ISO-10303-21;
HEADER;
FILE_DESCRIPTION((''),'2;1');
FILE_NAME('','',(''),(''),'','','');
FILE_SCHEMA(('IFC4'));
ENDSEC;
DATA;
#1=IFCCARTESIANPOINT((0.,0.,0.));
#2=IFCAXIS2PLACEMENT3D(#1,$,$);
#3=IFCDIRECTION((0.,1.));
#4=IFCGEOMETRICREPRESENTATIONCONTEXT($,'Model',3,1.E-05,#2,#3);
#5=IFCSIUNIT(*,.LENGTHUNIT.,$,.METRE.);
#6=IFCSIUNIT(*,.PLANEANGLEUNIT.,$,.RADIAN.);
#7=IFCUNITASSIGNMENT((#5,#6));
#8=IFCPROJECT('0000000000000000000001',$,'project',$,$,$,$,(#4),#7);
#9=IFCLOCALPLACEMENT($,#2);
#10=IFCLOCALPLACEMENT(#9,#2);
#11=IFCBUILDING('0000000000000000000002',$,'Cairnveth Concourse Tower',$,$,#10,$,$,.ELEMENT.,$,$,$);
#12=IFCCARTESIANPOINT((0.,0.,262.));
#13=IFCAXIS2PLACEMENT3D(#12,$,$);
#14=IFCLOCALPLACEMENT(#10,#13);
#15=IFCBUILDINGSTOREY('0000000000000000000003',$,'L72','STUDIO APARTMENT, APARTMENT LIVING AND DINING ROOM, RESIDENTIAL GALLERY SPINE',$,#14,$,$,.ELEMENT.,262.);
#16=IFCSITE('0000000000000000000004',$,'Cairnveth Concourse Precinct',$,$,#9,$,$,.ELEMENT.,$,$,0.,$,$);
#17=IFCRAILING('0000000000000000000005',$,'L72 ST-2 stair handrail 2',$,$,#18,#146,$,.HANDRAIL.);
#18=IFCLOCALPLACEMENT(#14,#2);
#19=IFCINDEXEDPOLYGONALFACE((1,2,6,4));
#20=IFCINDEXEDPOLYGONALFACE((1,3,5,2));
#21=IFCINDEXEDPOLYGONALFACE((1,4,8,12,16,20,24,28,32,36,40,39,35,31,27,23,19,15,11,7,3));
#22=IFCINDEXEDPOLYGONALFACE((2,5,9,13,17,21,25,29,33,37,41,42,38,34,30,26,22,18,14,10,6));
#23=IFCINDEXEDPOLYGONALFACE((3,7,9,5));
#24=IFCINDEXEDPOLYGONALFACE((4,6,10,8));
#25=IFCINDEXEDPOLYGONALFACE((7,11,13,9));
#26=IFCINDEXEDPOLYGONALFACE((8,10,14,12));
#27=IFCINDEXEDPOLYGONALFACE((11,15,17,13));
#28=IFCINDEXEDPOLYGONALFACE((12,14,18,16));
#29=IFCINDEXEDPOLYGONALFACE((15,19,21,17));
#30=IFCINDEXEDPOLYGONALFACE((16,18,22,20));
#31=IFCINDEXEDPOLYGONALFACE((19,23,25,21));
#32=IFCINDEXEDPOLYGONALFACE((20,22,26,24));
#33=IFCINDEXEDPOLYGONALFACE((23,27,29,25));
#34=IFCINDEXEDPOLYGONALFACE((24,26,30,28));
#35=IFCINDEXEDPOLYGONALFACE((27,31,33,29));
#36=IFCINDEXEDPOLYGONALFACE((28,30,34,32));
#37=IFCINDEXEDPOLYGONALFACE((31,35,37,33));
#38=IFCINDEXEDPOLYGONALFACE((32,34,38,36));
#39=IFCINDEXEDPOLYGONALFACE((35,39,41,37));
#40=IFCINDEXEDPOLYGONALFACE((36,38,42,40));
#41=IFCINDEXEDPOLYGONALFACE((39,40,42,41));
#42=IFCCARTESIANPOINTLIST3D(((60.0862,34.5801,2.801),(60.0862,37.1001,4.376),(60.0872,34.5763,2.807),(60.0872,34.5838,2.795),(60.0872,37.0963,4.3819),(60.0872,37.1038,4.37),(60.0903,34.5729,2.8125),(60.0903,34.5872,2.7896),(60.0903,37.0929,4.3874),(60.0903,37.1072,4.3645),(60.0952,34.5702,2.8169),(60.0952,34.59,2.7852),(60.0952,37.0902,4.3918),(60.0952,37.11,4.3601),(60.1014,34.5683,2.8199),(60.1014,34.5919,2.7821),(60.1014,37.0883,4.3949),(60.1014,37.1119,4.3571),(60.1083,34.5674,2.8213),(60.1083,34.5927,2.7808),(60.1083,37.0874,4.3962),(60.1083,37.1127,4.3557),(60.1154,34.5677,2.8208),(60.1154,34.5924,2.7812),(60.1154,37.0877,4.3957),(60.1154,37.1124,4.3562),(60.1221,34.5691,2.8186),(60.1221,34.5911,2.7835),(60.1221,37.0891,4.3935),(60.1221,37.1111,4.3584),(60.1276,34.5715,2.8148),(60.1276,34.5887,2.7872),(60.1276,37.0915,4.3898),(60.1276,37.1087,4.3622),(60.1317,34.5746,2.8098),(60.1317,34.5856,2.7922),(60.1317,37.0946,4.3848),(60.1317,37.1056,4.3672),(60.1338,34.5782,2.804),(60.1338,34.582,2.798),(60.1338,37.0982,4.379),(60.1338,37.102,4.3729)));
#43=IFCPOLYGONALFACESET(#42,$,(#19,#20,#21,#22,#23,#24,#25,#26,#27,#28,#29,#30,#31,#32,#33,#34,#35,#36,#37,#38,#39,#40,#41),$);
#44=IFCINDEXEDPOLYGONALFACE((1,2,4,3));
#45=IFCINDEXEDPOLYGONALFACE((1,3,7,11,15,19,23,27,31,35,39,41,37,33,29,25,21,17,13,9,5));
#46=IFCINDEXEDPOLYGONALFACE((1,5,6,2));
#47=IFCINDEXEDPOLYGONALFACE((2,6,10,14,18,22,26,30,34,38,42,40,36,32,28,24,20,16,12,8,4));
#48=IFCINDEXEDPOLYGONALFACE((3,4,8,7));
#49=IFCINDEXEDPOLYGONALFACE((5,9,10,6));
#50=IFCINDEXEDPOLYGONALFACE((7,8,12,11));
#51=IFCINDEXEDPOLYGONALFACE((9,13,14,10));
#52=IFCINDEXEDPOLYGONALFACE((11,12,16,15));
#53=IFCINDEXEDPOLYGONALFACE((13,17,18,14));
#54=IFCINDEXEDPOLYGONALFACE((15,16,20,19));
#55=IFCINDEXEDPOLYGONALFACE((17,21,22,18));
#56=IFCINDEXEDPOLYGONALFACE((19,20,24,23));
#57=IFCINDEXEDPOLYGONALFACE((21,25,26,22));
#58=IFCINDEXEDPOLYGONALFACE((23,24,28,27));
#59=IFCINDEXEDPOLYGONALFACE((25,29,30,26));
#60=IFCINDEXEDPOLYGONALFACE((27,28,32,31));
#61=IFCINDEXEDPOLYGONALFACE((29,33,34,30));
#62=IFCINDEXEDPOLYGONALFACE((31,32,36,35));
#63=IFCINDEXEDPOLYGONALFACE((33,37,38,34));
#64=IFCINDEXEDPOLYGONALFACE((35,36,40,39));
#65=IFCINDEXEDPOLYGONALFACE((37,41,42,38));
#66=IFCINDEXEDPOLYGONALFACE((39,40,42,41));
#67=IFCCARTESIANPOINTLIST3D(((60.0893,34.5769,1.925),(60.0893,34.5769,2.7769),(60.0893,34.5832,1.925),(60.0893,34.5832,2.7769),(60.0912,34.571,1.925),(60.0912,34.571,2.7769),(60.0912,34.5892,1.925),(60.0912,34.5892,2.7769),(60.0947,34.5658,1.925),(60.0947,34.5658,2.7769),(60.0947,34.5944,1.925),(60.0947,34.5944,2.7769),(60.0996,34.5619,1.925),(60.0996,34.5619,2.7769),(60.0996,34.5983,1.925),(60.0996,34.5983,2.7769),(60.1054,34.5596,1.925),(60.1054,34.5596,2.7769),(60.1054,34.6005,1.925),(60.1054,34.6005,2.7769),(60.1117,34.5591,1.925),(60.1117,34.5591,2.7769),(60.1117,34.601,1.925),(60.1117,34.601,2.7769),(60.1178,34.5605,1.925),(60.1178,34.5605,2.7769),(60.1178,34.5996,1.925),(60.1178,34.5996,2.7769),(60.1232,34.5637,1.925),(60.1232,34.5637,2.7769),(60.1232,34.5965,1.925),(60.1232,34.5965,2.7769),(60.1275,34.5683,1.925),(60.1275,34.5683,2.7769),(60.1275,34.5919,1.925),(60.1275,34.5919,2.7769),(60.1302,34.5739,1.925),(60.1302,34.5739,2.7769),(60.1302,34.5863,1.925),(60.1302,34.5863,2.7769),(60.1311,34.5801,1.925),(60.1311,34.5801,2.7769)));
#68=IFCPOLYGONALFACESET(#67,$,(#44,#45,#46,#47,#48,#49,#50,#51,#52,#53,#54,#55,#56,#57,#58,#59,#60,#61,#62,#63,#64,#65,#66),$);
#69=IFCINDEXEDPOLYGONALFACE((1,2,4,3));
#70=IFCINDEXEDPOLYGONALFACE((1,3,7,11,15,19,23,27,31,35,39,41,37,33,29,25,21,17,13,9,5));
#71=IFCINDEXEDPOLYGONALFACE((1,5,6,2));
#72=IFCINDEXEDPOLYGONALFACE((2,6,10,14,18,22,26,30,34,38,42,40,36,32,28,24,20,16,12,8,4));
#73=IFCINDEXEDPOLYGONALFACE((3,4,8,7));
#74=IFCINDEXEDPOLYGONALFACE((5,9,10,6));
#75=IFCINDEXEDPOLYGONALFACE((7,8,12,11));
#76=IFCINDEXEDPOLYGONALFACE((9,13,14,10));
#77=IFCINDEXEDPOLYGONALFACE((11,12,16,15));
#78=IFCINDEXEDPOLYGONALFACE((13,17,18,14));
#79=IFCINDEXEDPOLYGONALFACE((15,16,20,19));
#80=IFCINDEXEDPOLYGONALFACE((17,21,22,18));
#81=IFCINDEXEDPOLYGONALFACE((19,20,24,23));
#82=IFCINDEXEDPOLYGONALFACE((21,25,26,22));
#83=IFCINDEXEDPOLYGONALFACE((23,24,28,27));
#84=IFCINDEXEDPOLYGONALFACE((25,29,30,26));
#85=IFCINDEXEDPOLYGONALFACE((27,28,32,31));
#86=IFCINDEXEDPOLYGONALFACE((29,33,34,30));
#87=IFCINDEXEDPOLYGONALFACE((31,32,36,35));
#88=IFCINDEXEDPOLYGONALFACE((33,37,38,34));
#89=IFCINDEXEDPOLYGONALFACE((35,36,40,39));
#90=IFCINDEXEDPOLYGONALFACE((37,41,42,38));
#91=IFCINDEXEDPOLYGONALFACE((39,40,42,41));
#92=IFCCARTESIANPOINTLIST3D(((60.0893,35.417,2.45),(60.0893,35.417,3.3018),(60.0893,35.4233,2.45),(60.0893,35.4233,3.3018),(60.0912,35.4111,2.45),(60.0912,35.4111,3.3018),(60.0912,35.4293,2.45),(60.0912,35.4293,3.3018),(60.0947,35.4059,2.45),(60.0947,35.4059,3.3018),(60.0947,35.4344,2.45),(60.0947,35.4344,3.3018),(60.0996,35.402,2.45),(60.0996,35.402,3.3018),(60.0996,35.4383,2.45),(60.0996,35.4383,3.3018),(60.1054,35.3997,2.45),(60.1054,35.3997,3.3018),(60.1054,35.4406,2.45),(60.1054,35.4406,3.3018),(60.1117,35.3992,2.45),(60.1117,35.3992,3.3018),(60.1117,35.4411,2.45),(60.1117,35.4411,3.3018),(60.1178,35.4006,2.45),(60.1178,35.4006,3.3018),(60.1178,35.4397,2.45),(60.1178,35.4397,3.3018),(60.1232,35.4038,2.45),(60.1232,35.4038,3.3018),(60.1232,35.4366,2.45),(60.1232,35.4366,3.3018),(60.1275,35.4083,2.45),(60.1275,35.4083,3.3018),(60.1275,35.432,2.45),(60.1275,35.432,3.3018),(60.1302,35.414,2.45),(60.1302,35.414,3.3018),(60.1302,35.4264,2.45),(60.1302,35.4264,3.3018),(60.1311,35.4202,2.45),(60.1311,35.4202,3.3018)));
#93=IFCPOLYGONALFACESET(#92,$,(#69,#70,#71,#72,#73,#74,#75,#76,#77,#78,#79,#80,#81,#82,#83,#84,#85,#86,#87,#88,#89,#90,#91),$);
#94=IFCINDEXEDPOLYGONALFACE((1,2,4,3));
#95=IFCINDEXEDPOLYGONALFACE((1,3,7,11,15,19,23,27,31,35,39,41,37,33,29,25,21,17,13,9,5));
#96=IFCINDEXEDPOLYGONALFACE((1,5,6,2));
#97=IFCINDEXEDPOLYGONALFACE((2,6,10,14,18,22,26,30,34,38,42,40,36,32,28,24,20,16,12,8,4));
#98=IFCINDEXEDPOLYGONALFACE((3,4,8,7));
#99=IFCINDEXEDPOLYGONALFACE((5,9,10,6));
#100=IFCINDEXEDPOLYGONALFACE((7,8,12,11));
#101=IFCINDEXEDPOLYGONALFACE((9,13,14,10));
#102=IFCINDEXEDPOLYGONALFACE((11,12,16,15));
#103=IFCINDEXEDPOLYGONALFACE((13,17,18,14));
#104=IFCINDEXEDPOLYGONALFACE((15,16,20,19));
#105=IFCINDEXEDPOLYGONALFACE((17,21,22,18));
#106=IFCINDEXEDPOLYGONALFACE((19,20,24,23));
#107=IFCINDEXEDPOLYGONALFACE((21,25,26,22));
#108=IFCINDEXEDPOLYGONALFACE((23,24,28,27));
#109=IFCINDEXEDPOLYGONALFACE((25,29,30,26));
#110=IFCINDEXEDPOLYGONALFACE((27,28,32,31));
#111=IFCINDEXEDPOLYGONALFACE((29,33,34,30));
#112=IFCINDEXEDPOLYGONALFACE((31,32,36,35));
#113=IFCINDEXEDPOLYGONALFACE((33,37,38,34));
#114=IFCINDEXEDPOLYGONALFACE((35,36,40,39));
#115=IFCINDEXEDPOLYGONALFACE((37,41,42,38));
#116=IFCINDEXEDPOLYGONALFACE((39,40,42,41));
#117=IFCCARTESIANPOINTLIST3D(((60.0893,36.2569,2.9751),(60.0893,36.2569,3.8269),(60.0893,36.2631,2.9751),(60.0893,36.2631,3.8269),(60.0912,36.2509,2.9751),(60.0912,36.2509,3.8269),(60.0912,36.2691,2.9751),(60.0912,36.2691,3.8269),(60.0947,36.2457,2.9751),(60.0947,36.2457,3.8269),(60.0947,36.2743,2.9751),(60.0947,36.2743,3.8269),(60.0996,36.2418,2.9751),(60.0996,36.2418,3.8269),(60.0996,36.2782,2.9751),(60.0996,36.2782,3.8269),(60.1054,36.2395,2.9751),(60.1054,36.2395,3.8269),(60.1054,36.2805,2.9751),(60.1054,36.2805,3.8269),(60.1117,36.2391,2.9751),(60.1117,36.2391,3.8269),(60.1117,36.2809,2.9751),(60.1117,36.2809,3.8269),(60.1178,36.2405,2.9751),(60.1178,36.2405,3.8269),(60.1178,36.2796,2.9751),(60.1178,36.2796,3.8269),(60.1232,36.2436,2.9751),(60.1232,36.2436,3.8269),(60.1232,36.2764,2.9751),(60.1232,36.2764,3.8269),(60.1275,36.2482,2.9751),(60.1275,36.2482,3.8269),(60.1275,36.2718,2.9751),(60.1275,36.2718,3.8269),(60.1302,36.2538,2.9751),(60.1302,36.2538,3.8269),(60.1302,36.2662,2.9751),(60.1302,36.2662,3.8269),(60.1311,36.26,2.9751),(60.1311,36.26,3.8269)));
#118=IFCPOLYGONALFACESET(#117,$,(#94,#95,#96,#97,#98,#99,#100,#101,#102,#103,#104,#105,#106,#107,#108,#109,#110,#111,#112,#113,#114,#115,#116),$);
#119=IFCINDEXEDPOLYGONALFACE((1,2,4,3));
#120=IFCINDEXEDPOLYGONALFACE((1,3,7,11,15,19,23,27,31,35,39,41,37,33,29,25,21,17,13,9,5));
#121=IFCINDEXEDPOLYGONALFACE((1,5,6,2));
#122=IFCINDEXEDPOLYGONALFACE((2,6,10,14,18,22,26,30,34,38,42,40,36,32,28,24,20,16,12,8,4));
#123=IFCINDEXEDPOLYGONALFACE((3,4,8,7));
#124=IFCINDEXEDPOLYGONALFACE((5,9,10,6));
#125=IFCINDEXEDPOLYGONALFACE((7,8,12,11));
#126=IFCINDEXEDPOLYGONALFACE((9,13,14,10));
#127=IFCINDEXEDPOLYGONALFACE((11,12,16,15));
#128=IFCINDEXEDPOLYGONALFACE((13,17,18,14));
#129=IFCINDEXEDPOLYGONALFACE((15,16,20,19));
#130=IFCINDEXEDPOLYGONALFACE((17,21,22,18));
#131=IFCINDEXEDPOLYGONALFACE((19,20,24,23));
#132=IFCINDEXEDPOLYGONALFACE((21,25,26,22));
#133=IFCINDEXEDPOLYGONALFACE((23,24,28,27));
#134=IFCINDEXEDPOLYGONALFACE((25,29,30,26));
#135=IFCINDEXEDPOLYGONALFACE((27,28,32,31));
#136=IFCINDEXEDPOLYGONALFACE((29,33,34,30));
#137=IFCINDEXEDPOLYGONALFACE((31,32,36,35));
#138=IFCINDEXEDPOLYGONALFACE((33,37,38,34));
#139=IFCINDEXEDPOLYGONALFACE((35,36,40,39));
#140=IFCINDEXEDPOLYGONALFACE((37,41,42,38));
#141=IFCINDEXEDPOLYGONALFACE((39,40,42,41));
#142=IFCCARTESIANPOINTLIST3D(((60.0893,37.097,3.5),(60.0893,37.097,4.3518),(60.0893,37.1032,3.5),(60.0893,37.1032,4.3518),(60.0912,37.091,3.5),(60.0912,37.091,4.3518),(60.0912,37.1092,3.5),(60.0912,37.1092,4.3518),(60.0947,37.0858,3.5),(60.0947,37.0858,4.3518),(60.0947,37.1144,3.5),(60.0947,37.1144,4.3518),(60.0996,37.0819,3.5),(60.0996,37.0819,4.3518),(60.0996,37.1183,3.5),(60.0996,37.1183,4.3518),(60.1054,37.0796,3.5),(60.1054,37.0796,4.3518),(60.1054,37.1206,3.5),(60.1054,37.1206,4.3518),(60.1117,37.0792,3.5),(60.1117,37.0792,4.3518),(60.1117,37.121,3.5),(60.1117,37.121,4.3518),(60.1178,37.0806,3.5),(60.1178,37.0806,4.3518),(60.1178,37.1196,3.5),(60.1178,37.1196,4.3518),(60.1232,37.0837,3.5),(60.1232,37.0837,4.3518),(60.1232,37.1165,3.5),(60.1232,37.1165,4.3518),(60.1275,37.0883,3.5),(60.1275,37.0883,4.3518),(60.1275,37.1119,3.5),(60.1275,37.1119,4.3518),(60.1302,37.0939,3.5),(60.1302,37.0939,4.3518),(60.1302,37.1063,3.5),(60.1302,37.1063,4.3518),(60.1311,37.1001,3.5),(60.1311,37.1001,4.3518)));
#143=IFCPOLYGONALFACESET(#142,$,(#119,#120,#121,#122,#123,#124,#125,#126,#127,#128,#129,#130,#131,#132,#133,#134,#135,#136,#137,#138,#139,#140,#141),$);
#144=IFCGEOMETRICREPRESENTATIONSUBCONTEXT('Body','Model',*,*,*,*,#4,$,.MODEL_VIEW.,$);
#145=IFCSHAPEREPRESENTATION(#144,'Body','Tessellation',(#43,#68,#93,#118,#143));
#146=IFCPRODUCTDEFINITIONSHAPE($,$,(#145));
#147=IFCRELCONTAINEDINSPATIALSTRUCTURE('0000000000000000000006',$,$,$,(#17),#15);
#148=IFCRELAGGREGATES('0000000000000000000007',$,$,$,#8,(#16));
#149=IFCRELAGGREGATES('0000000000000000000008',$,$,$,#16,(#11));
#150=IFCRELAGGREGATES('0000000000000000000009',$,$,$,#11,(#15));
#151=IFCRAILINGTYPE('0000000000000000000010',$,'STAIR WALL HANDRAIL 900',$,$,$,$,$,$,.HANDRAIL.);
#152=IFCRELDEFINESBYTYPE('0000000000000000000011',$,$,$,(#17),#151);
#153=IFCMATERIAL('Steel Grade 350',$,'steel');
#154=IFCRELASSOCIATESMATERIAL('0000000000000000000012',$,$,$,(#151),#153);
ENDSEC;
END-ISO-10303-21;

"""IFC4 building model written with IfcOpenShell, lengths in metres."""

from ifc_helpers import new_model, si_unit, direction, frame, origin, origin_2d, place, context, subcontext, project, spatial, circle, extrude, material, type_object, element, save


model = new_model("IFC4")

# Units and contexts
model_context = context("Model", 3, precision=1e-05, world=origin(), true_north=direction((0.0, 1.0)))
body_context = subcontext(model_context, "Body", "Model", "MODEL_VIEW")
ifc_project = project(units=[si_unit("LENGTHUNIT", "METRE"), si_unit("PLANEANGLEUNIT", "RADIAN")], contexts=[model_context])

# Site, building, storey
site_placement = place(None, origin())
site = spatial("IfcSite", under=ifc_project, at=site_placement, Name="Cairnveth Concourse Precinct", CompositionType="ELEMENT", RefElevation=0.0)
building_placement = place(site_placement, origin())
building = spatial("IfcBuilding", under=site, at=building_placement, Name="Cairnveth Concourse Tower", CompositionType="ELEMENT")
storey_placement = place(building_placement, frame((0.0, 0.0, 262.0)))
storey = spatial("IfcBuildingStorey", under=building, at=storey_placement, Name="L72", Description="STUDIO APARTMENT, APARTMENT LIVING AND DINING ROOM, RESIDENTIAL GALLERY SPINE", CompositionType="ELEMENT", Elevation=262.0)

# Shared definitions
ifc_material_1 = material(Name="Steel Grade 350", Category="steel")

# Railing
railing_type_1 = type_object("IfcRailingType", Name="STAIR WALL HANDRAIL 900", PredefinedType="HANDRAIL", material=ifc_material_1)
railing_1_placement = place(storey_placement, frame((60.1101, 34.5801, 1.925)))
element("IfcRailing", 1, at=railing_1_placement, inside=storey, type_object=railing_type_1, Name="L72 ST-2 stair handrail 2", PredefinedType="HANDRAIL", context=body_context, shape_type="SweptSolid", body=[
    extrude(circle(Radius=0.0239, at=origin_2d()), frame((0.0, 0.0, 0.876), z_axis=(0.0, 0.848008, 0.529984), x_axis=(-1.0, 0.0, 0.0)), (0.0, 0.0, 1.0), 2.9717),
    extrude(circle(Radius=0.021, at=origin_2d()), origin(), (0.0, 0.0, 1.0), 0.8518),
    extrude(circle(Radius=0.021, at=origin_2d()), frame((0.0, 0.8401, 0.5249)), (0.0, 0.0, 1.0), 0.8518),
    extrude(circle(Radius=0.021, at=origin_2d()), frame((0.0, 1.6799, 1.05)), (0.0, 0.0, 1.0), 0.8518),
    extrude(circle(Radius=0.021, at=origin_2d()), frame((0.0, 2.52, 1.575)), (0.0, 0.0, 1.0), 0.8518),
])

save(model, "model.ifc")
